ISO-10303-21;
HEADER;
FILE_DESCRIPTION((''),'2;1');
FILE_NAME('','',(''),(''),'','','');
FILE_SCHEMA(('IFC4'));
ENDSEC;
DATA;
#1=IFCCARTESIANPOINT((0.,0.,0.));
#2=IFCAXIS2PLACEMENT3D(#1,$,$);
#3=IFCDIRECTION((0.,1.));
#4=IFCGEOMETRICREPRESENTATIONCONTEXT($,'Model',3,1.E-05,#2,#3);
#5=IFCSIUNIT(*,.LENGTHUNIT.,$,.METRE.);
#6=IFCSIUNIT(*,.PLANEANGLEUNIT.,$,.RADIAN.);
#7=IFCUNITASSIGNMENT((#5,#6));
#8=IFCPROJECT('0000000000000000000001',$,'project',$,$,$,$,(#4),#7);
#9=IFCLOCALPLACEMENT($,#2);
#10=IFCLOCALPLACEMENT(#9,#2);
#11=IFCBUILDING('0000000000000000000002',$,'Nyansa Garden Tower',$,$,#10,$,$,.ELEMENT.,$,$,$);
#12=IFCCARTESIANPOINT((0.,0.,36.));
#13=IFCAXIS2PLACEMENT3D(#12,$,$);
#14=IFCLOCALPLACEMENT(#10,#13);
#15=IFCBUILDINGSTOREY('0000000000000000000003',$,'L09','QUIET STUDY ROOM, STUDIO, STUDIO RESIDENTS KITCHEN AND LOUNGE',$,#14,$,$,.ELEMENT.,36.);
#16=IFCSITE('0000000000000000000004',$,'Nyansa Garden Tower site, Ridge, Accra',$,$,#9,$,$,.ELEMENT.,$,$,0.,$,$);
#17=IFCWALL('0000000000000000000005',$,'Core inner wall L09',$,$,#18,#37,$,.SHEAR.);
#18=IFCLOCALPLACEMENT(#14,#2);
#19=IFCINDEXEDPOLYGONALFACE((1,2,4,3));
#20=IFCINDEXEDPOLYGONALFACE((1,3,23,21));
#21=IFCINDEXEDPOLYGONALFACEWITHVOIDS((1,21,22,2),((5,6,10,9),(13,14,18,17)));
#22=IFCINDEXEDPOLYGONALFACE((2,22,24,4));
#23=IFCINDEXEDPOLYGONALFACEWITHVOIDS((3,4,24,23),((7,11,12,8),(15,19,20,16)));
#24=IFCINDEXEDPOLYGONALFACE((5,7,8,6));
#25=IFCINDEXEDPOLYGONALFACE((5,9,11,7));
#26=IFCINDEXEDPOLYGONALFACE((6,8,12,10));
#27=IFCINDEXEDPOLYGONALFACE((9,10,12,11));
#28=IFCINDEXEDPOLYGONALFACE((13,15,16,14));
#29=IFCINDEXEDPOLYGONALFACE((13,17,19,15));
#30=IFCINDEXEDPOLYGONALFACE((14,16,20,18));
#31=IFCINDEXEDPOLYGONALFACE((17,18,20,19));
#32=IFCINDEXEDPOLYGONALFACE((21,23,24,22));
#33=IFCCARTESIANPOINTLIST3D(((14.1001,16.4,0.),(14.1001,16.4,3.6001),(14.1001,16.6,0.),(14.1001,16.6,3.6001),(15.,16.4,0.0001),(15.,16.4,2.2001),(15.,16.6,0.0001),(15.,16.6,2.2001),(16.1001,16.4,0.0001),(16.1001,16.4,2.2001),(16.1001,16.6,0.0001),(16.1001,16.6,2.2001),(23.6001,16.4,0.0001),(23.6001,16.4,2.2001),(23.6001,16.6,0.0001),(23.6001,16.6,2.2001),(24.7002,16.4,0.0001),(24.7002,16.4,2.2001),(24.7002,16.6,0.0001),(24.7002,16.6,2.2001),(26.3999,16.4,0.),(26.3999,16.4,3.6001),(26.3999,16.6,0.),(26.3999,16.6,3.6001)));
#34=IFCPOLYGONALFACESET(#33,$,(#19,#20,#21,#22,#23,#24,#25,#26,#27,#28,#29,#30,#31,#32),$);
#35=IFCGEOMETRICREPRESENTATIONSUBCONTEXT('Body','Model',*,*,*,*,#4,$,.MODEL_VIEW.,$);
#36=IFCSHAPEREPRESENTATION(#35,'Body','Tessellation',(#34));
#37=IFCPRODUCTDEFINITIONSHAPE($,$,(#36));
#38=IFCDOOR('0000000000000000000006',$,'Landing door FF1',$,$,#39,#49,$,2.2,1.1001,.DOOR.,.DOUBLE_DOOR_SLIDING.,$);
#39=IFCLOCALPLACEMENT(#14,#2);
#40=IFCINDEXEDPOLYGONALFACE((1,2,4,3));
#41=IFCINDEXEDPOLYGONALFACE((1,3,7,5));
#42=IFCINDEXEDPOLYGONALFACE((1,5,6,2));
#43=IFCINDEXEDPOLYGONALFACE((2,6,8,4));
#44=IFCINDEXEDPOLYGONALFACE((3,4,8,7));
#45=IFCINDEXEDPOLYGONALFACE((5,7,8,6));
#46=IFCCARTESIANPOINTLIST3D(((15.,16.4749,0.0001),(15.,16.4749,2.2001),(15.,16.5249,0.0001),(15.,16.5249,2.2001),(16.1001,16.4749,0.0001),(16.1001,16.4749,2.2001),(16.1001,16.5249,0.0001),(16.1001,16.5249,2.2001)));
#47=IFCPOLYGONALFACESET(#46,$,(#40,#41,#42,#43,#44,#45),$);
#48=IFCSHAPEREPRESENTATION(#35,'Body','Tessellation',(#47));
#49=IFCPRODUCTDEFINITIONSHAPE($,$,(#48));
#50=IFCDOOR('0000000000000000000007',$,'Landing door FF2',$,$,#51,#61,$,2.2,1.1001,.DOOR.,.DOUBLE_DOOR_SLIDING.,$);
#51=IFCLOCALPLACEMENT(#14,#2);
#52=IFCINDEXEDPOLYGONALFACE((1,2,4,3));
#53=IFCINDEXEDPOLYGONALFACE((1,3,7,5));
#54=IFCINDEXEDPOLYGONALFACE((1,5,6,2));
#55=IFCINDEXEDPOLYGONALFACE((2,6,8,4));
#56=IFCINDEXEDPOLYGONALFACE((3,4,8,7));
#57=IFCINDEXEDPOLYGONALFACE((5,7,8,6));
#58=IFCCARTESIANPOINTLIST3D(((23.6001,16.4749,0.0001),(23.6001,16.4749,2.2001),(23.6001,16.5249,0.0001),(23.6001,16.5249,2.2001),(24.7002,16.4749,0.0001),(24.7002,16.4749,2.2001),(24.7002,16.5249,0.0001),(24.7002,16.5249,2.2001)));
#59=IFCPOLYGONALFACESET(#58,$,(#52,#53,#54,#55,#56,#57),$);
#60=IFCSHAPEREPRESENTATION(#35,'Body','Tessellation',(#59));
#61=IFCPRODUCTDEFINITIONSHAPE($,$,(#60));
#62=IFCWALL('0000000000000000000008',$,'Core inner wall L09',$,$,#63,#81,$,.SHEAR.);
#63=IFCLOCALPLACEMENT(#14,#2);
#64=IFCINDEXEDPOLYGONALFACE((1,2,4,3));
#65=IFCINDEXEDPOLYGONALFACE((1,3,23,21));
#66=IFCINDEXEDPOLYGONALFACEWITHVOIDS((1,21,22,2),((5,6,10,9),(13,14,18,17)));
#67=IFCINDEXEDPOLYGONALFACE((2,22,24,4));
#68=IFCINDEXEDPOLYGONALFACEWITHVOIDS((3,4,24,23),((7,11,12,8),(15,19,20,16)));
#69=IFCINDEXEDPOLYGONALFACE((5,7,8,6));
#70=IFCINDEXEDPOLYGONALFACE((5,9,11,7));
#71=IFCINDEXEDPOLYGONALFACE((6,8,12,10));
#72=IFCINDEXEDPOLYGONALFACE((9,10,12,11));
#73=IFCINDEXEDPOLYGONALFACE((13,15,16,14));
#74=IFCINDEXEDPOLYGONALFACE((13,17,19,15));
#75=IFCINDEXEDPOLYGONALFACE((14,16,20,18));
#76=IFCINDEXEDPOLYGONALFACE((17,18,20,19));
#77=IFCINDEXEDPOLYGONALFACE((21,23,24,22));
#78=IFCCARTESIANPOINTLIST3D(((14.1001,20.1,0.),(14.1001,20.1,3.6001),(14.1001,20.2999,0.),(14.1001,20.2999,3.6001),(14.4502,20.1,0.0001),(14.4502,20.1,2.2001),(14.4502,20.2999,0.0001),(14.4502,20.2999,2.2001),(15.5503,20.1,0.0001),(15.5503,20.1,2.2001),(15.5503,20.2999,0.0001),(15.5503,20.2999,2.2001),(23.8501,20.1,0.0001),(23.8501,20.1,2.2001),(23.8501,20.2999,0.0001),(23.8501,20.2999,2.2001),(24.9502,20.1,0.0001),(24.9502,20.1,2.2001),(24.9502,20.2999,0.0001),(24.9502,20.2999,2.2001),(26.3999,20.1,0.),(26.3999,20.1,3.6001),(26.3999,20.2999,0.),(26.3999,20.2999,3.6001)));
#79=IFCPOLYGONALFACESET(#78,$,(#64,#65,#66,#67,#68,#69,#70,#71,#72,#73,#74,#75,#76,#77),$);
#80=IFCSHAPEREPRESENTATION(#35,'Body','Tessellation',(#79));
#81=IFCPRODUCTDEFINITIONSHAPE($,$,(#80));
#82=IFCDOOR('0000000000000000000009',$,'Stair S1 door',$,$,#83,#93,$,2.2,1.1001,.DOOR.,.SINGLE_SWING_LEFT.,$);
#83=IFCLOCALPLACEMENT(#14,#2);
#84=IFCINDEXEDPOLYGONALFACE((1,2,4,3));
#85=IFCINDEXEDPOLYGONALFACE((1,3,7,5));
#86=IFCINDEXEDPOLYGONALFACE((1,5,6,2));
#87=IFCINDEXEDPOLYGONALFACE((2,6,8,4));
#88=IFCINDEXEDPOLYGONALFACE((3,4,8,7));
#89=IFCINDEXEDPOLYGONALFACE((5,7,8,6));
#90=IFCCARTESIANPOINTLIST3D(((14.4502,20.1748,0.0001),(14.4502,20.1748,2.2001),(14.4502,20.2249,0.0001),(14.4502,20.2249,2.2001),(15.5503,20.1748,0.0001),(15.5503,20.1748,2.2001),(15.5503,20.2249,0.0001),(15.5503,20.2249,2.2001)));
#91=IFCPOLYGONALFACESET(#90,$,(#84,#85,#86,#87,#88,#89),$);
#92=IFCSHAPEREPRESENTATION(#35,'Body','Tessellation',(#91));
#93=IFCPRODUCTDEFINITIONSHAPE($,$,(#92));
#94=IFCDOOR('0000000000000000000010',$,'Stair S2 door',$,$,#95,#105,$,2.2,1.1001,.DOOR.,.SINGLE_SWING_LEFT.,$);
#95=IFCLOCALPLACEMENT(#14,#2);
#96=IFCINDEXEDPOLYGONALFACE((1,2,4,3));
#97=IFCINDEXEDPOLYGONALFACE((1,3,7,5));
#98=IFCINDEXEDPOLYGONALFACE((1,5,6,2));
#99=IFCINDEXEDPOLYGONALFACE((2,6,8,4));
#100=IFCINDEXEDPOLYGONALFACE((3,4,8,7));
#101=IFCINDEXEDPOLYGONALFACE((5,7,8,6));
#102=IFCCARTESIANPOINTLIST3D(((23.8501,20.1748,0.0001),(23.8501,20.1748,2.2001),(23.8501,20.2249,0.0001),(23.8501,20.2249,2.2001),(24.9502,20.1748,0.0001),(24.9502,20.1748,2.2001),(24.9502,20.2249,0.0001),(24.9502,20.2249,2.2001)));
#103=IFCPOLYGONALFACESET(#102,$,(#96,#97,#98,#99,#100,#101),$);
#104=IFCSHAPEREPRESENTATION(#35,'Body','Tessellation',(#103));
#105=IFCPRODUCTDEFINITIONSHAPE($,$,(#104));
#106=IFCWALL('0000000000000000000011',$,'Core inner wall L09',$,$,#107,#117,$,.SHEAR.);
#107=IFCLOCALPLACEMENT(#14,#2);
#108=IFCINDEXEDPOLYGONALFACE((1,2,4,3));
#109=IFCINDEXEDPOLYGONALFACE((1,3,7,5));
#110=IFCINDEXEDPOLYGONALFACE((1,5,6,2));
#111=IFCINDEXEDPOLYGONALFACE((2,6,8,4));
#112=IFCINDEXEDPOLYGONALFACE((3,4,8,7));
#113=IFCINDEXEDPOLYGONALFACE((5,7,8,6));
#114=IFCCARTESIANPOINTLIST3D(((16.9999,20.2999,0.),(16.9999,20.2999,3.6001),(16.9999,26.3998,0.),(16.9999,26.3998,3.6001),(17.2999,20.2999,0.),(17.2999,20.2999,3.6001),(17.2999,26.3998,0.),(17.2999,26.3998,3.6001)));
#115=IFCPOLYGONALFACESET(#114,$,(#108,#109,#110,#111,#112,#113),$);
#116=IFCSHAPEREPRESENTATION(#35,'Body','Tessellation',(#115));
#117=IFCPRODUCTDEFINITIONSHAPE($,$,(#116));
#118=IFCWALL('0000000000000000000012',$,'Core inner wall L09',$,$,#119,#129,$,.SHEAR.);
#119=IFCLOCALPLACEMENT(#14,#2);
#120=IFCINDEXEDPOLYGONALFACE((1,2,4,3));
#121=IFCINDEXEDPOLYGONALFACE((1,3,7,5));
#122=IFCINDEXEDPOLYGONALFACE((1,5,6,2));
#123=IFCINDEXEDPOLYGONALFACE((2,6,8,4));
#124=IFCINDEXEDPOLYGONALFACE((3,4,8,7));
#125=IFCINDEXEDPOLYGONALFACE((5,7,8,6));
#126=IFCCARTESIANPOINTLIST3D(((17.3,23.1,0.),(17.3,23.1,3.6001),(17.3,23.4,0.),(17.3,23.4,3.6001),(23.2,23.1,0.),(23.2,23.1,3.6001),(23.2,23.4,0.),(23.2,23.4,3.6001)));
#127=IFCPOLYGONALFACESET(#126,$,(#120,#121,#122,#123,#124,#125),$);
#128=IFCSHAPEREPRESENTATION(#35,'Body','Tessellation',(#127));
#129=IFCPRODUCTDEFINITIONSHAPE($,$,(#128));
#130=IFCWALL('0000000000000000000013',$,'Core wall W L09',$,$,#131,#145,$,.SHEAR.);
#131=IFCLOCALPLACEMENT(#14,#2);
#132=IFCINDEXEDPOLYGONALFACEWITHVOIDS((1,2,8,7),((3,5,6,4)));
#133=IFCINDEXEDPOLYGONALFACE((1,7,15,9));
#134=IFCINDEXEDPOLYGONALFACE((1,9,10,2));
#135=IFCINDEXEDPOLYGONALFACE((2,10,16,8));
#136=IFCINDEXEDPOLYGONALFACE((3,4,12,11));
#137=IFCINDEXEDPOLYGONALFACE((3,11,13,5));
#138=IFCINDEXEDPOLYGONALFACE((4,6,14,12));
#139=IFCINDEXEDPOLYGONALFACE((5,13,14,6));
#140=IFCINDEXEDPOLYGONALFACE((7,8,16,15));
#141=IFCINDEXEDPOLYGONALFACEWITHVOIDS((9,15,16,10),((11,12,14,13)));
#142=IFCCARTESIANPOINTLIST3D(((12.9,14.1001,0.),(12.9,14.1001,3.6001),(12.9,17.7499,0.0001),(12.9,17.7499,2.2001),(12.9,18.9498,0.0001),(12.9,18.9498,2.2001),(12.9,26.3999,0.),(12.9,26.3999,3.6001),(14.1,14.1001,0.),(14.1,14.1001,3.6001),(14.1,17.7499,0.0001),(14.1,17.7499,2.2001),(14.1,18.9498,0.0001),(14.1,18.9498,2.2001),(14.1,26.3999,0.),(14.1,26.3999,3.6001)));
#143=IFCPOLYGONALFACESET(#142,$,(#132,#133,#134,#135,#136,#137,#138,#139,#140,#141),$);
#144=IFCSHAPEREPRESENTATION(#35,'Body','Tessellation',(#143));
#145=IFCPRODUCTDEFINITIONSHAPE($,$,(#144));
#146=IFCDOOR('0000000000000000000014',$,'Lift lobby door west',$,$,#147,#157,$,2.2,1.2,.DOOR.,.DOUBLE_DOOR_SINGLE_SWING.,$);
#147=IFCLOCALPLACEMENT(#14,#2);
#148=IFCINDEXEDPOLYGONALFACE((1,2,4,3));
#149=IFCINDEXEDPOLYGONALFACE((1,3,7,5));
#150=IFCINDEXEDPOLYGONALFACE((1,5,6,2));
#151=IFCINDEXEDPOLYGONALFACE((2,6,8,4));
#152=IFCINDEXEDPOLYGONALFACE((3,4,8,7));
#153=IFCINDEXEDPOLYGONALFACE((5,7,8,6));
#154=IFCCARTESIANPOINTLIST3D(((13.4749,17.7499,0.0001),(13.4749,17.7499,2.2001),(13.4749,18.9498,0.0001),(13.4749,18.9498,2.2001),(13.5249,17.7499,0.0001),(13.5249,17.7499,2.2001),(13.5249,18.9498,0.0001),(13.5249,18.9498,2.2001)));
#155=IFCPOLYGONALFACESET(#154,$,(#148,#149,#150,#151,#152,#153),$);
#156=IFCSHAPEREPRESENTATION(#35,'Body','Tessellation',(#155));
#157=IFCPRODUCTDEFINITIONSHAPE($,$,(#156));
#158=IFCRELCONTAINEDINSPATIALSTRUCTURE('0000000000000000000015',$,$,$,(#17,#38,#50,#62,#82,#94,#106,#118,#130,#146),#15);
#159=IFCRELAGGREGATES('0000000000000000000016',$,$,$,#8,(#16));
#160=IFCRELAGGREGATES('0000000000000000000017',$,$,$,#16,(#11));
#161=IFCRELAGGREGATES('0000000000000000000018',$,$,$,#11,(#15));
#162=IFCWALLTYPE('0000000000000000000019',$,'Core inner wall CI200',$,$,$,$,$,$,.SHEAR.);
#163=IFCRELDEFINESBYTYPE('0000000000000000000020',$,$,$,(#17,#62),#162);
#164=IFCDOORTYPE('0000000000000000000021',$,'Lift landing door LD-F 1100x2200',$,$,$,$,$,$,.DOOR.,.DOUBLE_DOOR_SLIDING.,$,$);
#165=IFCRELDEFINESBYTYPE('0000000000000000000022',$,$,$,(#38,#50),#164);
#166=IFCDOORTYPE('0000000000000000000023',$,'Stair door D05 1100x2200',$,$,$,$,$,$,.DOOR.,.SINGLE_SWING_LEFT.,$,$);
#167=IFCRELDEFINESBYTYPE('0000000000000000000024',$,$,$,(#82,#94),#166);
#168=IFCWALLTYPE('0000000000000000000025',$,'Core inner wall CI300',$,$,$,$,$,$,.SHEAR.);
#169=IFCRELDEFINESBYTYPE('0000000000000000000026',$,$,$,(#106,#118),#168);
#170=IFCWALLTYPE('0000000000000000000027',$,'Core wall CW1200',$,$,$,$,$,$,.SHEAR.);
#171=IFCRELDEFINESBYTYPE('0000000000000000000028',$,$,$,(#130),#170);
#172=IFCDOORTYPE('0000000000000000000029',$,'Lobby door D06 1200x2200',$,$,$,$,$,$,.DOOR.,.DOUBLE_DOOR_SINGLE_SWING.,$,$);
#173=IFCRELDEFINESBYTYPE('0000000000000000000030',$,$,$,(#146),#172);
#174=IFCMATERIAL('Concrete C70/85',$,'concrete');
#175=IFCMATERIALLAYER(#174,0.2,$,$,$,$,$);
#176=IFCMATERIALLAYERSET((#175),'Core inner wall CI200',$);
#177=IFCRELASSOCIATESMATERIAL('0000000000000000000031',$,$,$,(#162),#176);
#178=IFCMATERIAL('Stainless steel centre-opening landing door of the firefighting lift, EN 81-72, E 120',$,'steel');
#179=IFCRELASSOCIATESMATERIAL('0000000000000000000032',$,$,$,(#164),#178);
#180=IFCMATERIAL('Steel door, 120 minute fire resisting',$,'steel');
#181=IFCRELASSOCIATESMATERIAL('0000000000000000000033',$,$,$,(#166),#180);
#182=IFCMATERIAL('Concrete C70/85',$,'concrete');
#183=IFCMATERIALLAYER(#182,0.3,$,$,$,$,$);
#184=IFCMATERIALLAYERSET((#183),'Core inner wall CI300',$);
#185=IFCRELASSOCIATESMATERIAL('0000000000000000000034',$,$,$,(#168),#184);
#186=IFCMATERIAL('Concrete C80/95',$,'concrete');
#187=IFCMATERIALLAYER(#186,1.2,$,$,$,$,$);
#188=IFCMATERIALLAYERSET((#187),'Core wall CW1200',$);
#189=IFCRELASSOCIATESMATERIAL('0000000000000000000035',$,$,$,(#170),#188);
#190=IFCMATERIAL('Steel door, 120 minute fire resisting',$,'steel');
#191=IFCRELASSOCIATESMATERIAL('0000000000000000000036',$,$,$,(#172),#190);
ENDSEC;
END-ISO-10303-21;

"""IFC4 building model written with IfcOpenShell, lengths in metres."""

from ifc_helpers import new_model, si_unit, direction, frame, frame_2d, origin, place, context, subcontext, project, spatial, rectangle, extrude, material, layer, layer_set, type_object, element, fill, save


model = new_model("IFC4")

# Units and contexts
model_context = context("Model", 3, precision=1e-05, world=origin(), true_north=direction((0.0, 1.0)))
body_context = subcontext(model_context, "Body", "Model", "MODEL_VIEW")
ifc_project = project(units=[si_unit("LENGTHUNIT", "METRE"), si_unit("PLANEANGLEUNIT", "RADIAN")], contexts=[model_context])

# Site, building, storey
site_placement = place(None, origin())
site = spatial("IfcSite", under=ifc_project, at=site_placement, Name="Nyansa Garden Tower site, Ridge, Accra", CompositionType="ELEMENT", RefElevation=0.0)
building_placement = place(site_placement, origin())
building = spatial("IfcBuilding", under=site, at=building_placement, Name="Nyansa Garden Tower", CompositionType="ELEMENT")
storey_placement = place(building_placement, frame((0.0, 0.0, 36.0)))
storey = spatial("IfcBuildingStorey", under=building, at=storey_placement, Name="L09", Description="QUIET STUDY ROOM, STUDIO, STUDIO RESIDENTS KITCHEN AND LOUNGE", CompositionType="ELEMENT", Elevation=36.0)

# Walls, openings, doors
ifc_material_1 = material(Name="Concrete C70/85", Category="concrete")
ifc_layer_1 = layer(ifc_material_1, 0.2)
ifc_layer_set_1 = layer_set([ifc_layer_1], Name="Core inner wall CI200")
wall_type_1 = type_object("IfcWallType", Name="Core inner wall CI200", PredefinedType="SHEAR", material=ifc_layer_set_1)
wall_1_placement = place(storey_placement, frame((14.1001, 16.5, 0.0), z_axis=(0.0, 0.0, 1.0), x_axis=(1.0, 0.0, 0.0)))
wall_1 = element("IfcWall", 1, at=wall_1_placement, inside=storey, type_object=wall_type_1, Name="Core inner wall L09", PredefinedType="SHEAR", context=body_context, shape_type="SweptSolid", body=[
    extrude(rectangle(XDim=12.2998, YDim=0.2, at=frame_2d((6.1499, 0.0))), origin(), (0.0, 0.0, 1.0), 3.6001),
])
opening_1_placement = place(wall_1_placement, frame((0.8999, 0.0, 0.0)))
opening_1 = element("IfcOpeningElement", 2, at=opening_1_placement, cuts=wall_1, PredefinedType="OPENING", context=body_context, shape_type="SweptSolid", body=[
    extrude(rectangle(XDim=1.1001, YDim=2.2, at=frame_2d((0.55, 1.1001))), frame((0.0, 0.1099, 0.0), z_axis=(0.0, -1.0, 0.0), x_axis=(1.0, 0.0, 0.0)), (0.0, 0.0, 1.0), 0.22),
])
opening_2_placement = place(wall_1_placement, frame((9.5, 0.0, 0.0)))
opening_2 = element("IfcOpeningElement", 3, at=opening_2_placement, cuts=wall_1, PredefinedType="OPENING", context=body_context, shape_type="SweptSolid", body=[
    extrude(rectangle(XDim=1.1001, YDim=2.2, at=frame_2d((0.55, 1.1001))), frame((0.0, 0.1099, 0.0), z_axis=(0.0, -1.0, 0.0), x_axis=(1.0, 0.0, 0.0)), (0.0, 0.0, 1.0), 0.22),
])
ifc_material_2 = material(Name="Stainless steel centre-opening landing door of the firefighting lift, EN 81-72, E 120", Category="steel")
door_type_1 = type_object("IfcDoorType", Name="Lift landing door LD-F 1100x2200", OperationType="DOUBLE_DOOR_SLIDING", PredefinedType="DOOR", material=ifc_material_2)
door_1_placement = place(opening_1_placement, origin())
door_1 = element("IfcDoor", 4, at=door_1_placement, inside=storey, type_object=door_type_1, Name="Landing door FF1", OperationType="DOUBLE_DOOR_SLIDING", OverallHeight=2.2, OverallWidth=1.1001, PredefinedType="DOOR", context=body_context, shape_type="SweptSolid", body=[
    extrude(rectangle(XDim=1.1001, YDim=2.2, at=frame_2d((0.55, 1.1001))), frame((0.0, 0.0249, 0.0), z_axis=(0.0, -1.0, 0.0), x_axis=(1.0, 0.0, 0.0)), (0.0, 0.0, 1.0), 0.05),
])
fill(opening_1, door_1)
door_2_placement = place(opening_2_placement, origin())
door_2 = element("IfcDoor", 5, at=door_2_placement, inside=storey, type_object=door_type_1, Name="Landing door FF2", OperationType="DOUBLE_DOOR_SLIDING", OverallHeight=2.2, OverallWidth=1.1001, PredefinedType="DOOR", context=body_context, shape_type="SweptSolid", body=[
    extrude(rectangle(XDim=1.1001, YDim=2.2, at=frame_2d((0.55, 1.1001))), frame((0.0, 0.0249, 0.0), z_axis=(0.0, -1.0, 0.0), x_axis=(1.0, 0.0, 0.0)), (0.0, 0.0, 1.0), 0.05),
])
fill(opening_2, door_2)
wall_2_placement = place(storey_placement, frame((14.1001, 20.2, 0.0), z_axis=(0.0, 0.0, 1.0), x_axis=(1.0, 0.0, 0.0)))
wall_2 = element("IfcWall", 6, at=wall_2_placement, inside=storey, type_object=wall_type_1, Name="Core inner wall L09", PredefinedType="SHEAR", context=body_context, shape_type="SweptSolid", body=[
    extrude(rectangle(XDim=12.2998, YDim=0.2, at=frame_2d((6.1499, 0.0))), origin(), (0.0, 0.0, 1.0), 3.6001),
])
opening_3_placement = place(wall_2_placement, frame((0.3501, 0.0, 0.0)))
opening_3 = element("IfcOpeningElement", 7, at=opening_3_placement, cuts=wall_2, PredefinedType="OPENING", context=body_context, shape_type="SweptSolid", body=[
    extrude(rectangle(XDim=1.1001, YDim=2.2, at=frame_2d((0.55, 1.1001))), frame((0.0, 0.1099, 0.0), z_axis=(0.0, -1.0, 0.0), x_axis=(1.0, 0.0, 0.0)), (0.0, 0.0, 1.0), 0.22),
])
opening_4_placement = place(wall_2_placement, frame((9.75, 0.0, 0.0)))
opening_4 = element("IfcOpeningElement", 8, at=opening_4_placement, cuts=wall_2, PredefinedType="OPENING", context=body_context, shape_type="SweptSolid", body=[
    extrude(rectangle(XDim=1.1001, YDim=2.2, at=frame_2d((0.55, 1.1001))), frame((0.0, 0.1099, 0.0), z_axis=(0.0, -1.0, 0.0), x_axis=(1.0, 0.0, 0.0)), (0.0, 0.0, 1.0), 0.22),
])
ifc_material_3 = material(Name="Steel door, 120 minute fire resisting", Category="steel")
door_type_2 = type_object("IfcDoorType", Name="Stair door D05 1100x2200", OperationType="SINGLE_SWING_LEFT", PredefinedType="DOOR", material=ifc_material_3)
door_3_placement = place(opening_3_placement, origin())
door_3 = element("IfcDoor", 9, at=door_3_placement, inside=storey, type_object=door_type_2, Name="Stair S1 door", OperationType="SINGLE_SWING_LEFT", OverallHeight=2.2, OverallWidth=1.1001, PredefinedType="DOOR", context=body_context, shape_type="SweptSolid", body=[
    extrude(rectangle(XDim=1.1001, YDim=2.2, at=frame_2d((0.55, 1.1001))), frame((0.0, 0.0249, 0.0), z_axis=(0.0, -1.0, 0.0), x_axis=(1.0, 0.0, 0.0)), (0.0, 0.0, 1.0), 0.05),
])
fill(opening_3, door_3)
door_4_placement = place(opening_4_placement, origin())
door_4 = element("IfcDoor", 10, at=door_4_placement, inside=storey, type_object=door_type_2, Name="Stair S2 door", OperationType="SINGLE_SWING_LEFT", OverallHeight=2.2, OverallWidth=1.1001, PredefinedType="DOOR", context=body_context, shape_type="SweptSolid", body=[
    extrude(rectangle(XDim=1.1001, YDim=2.2, at=frame_2d((0.55, 1.1001))), frame((0.0, 0.0249, 0.0), z_axis=(0.0, -1.0, 0.0), x_axis=(1.0, 0.0, 0.0)), (0.0, 0.0, 1.0), 0.05),
])
fill(opening_4, door_4)

# Walls
ifc_material_4 = material(Name="Concrete C70/85", Category="concrete")
ifc_layer_2 = layer(ifc_material_4, 0.3)
ifc_layer_set_2 = layer_set([ifc_layer_2], Name="Core inner wall CI300")
wall_type_2 = type_object("IfcWallType", Name="Core inner wall CI300", PredefinedType="SHEAR", material=ifc_layer_set_2)
wall_3_placement = place(storey_placement, frame((17.1499, 20.3, 0.0), z_axis=(0.0, 0.0, 1.0), x_axis=(0.0, 1.0, 0.0)))
element("IfcWall", 11, at=wall_3_placement, inside=storey, type_object=wall_type_2, Name="Core inner wall L09", PredefinedType="SHEAR", context=body_context, shape_type="SweptSolid", body=[
    extrude(rectangle(XDim=6.0999, YDim=0.3, at=frame_2d((3.0498, 0.0))), origin(), (0.0, 0.0, 1.0), 3.6001),
])
wall_4_placement = place(storey_placement, frame((17.3, 23.25, 0.0), z_axis=(0.0, 0.0, 1.0), x_axis=(1.0, 0.0, 0.0)))
element("IfcWall", 12, at=wall_4_placement, inside=storey, type_object=wall_type_2, Name="Core inner wall L09", PredefinedType="SHEAR", context=body_context, shape_type="SweptSolid", body=[
    extrude(rectangle(XDim=5.8999, YDim=0.3, at=frame_2d((2.95, 0.0))), origin(), (0.0, 0.0, 1.0), 3.6001),
])

# Wall, opening, door
ifc_material_5 = material(Name="Concrete C80/95", Category="concrete")
ifc_layer_3 = layer(ifc_material_5, 1.2)
ifc_layer_set_3 = layer_set([ifc_layer_3], Name="Core wall CW1200")
wall_type_3 = type_object("IfcWallType", Name="Core wall CW1200", PredefinedType="SHEAR", material=ifc_layer_set_3)
wall_5_placement = place(storey_placement, frame((13.5, 26.3999, 0.0), z_axis=(0.0, 0.0, 1.0), x_axis=(0.0, -1.0, 0.0)))
wall_5 = element("IfcWall", 13, at=wall_5_placement, inside=storey, type_object=wall_type_3, Name="Core wall W L09", PredefinedType="SHEAR", context=body_context, shape_type="SweptSolid", body=[
    extrude(rectangle(XDim=12.2998, YDim=1.2, at=frame_2d((6.1499, 0.0))), origin(), (0.0, 0.0, 1.0), 3.6001),
])
opening_5_placement = place(wall_5_placement, frame((7.45, 0.0, 0.0)))
opening_5 = element("IfcOpeningElement", 14, at=opening_5_placement, cuts=wall_5, PredefinedType="OPENING", context=body_context, shape_type="SweptSolid", body=[
    extrude(rectangle(XDim=1.2, YDim=2.2, at=frame_2d((0.6001, 1.1001))), frame((0.0, 0.6099, 0.0), z_axis=(0.0, -1.0, 0.0), x_axis=(1.0, 0.0, 0.0)), (0.0, 0.0, 1.0), 1.22),
])
ifc_material_6 = material(Name="Steel door, 120 minute fire resisting", Category="steel")
door_type_3 = type_object("IfcDoorType", Name="Lobby door D06 1200x2200", OperationType="DOUBLE_DOOR_SINGLE_SWING", PredefinedType="DOOR", material=ifc_material_6)
door_5_placement = place(opening_5_placement, origin())
door_5 = element("IfcDoor", 15, at=door_5_placement, inside=storey, type_object=door_type_3, Name="Lift lobby door west", OperationType="DOUBLE_DOOR_SINGLE_SWING", OverallHeight=2.2, OverallWidth=1.2, PredefinedType="DOOR", context=body_context, shape_type="SweptSolid", body=[
    extrude(rectangle(XDim=1.2, YDim=2.2, at=frame_2d((0.6001, 1.1001))), frame((0.0, 0.0249, 0.0), z_axis=(0.0, -1.0, 0.0), x_axis=(1.0, 0.0, 0.0)), (0.0, 0.0, 1.0), 0.05),
])
fill(opening_5, door_5)

save(model, "model.ifc")
